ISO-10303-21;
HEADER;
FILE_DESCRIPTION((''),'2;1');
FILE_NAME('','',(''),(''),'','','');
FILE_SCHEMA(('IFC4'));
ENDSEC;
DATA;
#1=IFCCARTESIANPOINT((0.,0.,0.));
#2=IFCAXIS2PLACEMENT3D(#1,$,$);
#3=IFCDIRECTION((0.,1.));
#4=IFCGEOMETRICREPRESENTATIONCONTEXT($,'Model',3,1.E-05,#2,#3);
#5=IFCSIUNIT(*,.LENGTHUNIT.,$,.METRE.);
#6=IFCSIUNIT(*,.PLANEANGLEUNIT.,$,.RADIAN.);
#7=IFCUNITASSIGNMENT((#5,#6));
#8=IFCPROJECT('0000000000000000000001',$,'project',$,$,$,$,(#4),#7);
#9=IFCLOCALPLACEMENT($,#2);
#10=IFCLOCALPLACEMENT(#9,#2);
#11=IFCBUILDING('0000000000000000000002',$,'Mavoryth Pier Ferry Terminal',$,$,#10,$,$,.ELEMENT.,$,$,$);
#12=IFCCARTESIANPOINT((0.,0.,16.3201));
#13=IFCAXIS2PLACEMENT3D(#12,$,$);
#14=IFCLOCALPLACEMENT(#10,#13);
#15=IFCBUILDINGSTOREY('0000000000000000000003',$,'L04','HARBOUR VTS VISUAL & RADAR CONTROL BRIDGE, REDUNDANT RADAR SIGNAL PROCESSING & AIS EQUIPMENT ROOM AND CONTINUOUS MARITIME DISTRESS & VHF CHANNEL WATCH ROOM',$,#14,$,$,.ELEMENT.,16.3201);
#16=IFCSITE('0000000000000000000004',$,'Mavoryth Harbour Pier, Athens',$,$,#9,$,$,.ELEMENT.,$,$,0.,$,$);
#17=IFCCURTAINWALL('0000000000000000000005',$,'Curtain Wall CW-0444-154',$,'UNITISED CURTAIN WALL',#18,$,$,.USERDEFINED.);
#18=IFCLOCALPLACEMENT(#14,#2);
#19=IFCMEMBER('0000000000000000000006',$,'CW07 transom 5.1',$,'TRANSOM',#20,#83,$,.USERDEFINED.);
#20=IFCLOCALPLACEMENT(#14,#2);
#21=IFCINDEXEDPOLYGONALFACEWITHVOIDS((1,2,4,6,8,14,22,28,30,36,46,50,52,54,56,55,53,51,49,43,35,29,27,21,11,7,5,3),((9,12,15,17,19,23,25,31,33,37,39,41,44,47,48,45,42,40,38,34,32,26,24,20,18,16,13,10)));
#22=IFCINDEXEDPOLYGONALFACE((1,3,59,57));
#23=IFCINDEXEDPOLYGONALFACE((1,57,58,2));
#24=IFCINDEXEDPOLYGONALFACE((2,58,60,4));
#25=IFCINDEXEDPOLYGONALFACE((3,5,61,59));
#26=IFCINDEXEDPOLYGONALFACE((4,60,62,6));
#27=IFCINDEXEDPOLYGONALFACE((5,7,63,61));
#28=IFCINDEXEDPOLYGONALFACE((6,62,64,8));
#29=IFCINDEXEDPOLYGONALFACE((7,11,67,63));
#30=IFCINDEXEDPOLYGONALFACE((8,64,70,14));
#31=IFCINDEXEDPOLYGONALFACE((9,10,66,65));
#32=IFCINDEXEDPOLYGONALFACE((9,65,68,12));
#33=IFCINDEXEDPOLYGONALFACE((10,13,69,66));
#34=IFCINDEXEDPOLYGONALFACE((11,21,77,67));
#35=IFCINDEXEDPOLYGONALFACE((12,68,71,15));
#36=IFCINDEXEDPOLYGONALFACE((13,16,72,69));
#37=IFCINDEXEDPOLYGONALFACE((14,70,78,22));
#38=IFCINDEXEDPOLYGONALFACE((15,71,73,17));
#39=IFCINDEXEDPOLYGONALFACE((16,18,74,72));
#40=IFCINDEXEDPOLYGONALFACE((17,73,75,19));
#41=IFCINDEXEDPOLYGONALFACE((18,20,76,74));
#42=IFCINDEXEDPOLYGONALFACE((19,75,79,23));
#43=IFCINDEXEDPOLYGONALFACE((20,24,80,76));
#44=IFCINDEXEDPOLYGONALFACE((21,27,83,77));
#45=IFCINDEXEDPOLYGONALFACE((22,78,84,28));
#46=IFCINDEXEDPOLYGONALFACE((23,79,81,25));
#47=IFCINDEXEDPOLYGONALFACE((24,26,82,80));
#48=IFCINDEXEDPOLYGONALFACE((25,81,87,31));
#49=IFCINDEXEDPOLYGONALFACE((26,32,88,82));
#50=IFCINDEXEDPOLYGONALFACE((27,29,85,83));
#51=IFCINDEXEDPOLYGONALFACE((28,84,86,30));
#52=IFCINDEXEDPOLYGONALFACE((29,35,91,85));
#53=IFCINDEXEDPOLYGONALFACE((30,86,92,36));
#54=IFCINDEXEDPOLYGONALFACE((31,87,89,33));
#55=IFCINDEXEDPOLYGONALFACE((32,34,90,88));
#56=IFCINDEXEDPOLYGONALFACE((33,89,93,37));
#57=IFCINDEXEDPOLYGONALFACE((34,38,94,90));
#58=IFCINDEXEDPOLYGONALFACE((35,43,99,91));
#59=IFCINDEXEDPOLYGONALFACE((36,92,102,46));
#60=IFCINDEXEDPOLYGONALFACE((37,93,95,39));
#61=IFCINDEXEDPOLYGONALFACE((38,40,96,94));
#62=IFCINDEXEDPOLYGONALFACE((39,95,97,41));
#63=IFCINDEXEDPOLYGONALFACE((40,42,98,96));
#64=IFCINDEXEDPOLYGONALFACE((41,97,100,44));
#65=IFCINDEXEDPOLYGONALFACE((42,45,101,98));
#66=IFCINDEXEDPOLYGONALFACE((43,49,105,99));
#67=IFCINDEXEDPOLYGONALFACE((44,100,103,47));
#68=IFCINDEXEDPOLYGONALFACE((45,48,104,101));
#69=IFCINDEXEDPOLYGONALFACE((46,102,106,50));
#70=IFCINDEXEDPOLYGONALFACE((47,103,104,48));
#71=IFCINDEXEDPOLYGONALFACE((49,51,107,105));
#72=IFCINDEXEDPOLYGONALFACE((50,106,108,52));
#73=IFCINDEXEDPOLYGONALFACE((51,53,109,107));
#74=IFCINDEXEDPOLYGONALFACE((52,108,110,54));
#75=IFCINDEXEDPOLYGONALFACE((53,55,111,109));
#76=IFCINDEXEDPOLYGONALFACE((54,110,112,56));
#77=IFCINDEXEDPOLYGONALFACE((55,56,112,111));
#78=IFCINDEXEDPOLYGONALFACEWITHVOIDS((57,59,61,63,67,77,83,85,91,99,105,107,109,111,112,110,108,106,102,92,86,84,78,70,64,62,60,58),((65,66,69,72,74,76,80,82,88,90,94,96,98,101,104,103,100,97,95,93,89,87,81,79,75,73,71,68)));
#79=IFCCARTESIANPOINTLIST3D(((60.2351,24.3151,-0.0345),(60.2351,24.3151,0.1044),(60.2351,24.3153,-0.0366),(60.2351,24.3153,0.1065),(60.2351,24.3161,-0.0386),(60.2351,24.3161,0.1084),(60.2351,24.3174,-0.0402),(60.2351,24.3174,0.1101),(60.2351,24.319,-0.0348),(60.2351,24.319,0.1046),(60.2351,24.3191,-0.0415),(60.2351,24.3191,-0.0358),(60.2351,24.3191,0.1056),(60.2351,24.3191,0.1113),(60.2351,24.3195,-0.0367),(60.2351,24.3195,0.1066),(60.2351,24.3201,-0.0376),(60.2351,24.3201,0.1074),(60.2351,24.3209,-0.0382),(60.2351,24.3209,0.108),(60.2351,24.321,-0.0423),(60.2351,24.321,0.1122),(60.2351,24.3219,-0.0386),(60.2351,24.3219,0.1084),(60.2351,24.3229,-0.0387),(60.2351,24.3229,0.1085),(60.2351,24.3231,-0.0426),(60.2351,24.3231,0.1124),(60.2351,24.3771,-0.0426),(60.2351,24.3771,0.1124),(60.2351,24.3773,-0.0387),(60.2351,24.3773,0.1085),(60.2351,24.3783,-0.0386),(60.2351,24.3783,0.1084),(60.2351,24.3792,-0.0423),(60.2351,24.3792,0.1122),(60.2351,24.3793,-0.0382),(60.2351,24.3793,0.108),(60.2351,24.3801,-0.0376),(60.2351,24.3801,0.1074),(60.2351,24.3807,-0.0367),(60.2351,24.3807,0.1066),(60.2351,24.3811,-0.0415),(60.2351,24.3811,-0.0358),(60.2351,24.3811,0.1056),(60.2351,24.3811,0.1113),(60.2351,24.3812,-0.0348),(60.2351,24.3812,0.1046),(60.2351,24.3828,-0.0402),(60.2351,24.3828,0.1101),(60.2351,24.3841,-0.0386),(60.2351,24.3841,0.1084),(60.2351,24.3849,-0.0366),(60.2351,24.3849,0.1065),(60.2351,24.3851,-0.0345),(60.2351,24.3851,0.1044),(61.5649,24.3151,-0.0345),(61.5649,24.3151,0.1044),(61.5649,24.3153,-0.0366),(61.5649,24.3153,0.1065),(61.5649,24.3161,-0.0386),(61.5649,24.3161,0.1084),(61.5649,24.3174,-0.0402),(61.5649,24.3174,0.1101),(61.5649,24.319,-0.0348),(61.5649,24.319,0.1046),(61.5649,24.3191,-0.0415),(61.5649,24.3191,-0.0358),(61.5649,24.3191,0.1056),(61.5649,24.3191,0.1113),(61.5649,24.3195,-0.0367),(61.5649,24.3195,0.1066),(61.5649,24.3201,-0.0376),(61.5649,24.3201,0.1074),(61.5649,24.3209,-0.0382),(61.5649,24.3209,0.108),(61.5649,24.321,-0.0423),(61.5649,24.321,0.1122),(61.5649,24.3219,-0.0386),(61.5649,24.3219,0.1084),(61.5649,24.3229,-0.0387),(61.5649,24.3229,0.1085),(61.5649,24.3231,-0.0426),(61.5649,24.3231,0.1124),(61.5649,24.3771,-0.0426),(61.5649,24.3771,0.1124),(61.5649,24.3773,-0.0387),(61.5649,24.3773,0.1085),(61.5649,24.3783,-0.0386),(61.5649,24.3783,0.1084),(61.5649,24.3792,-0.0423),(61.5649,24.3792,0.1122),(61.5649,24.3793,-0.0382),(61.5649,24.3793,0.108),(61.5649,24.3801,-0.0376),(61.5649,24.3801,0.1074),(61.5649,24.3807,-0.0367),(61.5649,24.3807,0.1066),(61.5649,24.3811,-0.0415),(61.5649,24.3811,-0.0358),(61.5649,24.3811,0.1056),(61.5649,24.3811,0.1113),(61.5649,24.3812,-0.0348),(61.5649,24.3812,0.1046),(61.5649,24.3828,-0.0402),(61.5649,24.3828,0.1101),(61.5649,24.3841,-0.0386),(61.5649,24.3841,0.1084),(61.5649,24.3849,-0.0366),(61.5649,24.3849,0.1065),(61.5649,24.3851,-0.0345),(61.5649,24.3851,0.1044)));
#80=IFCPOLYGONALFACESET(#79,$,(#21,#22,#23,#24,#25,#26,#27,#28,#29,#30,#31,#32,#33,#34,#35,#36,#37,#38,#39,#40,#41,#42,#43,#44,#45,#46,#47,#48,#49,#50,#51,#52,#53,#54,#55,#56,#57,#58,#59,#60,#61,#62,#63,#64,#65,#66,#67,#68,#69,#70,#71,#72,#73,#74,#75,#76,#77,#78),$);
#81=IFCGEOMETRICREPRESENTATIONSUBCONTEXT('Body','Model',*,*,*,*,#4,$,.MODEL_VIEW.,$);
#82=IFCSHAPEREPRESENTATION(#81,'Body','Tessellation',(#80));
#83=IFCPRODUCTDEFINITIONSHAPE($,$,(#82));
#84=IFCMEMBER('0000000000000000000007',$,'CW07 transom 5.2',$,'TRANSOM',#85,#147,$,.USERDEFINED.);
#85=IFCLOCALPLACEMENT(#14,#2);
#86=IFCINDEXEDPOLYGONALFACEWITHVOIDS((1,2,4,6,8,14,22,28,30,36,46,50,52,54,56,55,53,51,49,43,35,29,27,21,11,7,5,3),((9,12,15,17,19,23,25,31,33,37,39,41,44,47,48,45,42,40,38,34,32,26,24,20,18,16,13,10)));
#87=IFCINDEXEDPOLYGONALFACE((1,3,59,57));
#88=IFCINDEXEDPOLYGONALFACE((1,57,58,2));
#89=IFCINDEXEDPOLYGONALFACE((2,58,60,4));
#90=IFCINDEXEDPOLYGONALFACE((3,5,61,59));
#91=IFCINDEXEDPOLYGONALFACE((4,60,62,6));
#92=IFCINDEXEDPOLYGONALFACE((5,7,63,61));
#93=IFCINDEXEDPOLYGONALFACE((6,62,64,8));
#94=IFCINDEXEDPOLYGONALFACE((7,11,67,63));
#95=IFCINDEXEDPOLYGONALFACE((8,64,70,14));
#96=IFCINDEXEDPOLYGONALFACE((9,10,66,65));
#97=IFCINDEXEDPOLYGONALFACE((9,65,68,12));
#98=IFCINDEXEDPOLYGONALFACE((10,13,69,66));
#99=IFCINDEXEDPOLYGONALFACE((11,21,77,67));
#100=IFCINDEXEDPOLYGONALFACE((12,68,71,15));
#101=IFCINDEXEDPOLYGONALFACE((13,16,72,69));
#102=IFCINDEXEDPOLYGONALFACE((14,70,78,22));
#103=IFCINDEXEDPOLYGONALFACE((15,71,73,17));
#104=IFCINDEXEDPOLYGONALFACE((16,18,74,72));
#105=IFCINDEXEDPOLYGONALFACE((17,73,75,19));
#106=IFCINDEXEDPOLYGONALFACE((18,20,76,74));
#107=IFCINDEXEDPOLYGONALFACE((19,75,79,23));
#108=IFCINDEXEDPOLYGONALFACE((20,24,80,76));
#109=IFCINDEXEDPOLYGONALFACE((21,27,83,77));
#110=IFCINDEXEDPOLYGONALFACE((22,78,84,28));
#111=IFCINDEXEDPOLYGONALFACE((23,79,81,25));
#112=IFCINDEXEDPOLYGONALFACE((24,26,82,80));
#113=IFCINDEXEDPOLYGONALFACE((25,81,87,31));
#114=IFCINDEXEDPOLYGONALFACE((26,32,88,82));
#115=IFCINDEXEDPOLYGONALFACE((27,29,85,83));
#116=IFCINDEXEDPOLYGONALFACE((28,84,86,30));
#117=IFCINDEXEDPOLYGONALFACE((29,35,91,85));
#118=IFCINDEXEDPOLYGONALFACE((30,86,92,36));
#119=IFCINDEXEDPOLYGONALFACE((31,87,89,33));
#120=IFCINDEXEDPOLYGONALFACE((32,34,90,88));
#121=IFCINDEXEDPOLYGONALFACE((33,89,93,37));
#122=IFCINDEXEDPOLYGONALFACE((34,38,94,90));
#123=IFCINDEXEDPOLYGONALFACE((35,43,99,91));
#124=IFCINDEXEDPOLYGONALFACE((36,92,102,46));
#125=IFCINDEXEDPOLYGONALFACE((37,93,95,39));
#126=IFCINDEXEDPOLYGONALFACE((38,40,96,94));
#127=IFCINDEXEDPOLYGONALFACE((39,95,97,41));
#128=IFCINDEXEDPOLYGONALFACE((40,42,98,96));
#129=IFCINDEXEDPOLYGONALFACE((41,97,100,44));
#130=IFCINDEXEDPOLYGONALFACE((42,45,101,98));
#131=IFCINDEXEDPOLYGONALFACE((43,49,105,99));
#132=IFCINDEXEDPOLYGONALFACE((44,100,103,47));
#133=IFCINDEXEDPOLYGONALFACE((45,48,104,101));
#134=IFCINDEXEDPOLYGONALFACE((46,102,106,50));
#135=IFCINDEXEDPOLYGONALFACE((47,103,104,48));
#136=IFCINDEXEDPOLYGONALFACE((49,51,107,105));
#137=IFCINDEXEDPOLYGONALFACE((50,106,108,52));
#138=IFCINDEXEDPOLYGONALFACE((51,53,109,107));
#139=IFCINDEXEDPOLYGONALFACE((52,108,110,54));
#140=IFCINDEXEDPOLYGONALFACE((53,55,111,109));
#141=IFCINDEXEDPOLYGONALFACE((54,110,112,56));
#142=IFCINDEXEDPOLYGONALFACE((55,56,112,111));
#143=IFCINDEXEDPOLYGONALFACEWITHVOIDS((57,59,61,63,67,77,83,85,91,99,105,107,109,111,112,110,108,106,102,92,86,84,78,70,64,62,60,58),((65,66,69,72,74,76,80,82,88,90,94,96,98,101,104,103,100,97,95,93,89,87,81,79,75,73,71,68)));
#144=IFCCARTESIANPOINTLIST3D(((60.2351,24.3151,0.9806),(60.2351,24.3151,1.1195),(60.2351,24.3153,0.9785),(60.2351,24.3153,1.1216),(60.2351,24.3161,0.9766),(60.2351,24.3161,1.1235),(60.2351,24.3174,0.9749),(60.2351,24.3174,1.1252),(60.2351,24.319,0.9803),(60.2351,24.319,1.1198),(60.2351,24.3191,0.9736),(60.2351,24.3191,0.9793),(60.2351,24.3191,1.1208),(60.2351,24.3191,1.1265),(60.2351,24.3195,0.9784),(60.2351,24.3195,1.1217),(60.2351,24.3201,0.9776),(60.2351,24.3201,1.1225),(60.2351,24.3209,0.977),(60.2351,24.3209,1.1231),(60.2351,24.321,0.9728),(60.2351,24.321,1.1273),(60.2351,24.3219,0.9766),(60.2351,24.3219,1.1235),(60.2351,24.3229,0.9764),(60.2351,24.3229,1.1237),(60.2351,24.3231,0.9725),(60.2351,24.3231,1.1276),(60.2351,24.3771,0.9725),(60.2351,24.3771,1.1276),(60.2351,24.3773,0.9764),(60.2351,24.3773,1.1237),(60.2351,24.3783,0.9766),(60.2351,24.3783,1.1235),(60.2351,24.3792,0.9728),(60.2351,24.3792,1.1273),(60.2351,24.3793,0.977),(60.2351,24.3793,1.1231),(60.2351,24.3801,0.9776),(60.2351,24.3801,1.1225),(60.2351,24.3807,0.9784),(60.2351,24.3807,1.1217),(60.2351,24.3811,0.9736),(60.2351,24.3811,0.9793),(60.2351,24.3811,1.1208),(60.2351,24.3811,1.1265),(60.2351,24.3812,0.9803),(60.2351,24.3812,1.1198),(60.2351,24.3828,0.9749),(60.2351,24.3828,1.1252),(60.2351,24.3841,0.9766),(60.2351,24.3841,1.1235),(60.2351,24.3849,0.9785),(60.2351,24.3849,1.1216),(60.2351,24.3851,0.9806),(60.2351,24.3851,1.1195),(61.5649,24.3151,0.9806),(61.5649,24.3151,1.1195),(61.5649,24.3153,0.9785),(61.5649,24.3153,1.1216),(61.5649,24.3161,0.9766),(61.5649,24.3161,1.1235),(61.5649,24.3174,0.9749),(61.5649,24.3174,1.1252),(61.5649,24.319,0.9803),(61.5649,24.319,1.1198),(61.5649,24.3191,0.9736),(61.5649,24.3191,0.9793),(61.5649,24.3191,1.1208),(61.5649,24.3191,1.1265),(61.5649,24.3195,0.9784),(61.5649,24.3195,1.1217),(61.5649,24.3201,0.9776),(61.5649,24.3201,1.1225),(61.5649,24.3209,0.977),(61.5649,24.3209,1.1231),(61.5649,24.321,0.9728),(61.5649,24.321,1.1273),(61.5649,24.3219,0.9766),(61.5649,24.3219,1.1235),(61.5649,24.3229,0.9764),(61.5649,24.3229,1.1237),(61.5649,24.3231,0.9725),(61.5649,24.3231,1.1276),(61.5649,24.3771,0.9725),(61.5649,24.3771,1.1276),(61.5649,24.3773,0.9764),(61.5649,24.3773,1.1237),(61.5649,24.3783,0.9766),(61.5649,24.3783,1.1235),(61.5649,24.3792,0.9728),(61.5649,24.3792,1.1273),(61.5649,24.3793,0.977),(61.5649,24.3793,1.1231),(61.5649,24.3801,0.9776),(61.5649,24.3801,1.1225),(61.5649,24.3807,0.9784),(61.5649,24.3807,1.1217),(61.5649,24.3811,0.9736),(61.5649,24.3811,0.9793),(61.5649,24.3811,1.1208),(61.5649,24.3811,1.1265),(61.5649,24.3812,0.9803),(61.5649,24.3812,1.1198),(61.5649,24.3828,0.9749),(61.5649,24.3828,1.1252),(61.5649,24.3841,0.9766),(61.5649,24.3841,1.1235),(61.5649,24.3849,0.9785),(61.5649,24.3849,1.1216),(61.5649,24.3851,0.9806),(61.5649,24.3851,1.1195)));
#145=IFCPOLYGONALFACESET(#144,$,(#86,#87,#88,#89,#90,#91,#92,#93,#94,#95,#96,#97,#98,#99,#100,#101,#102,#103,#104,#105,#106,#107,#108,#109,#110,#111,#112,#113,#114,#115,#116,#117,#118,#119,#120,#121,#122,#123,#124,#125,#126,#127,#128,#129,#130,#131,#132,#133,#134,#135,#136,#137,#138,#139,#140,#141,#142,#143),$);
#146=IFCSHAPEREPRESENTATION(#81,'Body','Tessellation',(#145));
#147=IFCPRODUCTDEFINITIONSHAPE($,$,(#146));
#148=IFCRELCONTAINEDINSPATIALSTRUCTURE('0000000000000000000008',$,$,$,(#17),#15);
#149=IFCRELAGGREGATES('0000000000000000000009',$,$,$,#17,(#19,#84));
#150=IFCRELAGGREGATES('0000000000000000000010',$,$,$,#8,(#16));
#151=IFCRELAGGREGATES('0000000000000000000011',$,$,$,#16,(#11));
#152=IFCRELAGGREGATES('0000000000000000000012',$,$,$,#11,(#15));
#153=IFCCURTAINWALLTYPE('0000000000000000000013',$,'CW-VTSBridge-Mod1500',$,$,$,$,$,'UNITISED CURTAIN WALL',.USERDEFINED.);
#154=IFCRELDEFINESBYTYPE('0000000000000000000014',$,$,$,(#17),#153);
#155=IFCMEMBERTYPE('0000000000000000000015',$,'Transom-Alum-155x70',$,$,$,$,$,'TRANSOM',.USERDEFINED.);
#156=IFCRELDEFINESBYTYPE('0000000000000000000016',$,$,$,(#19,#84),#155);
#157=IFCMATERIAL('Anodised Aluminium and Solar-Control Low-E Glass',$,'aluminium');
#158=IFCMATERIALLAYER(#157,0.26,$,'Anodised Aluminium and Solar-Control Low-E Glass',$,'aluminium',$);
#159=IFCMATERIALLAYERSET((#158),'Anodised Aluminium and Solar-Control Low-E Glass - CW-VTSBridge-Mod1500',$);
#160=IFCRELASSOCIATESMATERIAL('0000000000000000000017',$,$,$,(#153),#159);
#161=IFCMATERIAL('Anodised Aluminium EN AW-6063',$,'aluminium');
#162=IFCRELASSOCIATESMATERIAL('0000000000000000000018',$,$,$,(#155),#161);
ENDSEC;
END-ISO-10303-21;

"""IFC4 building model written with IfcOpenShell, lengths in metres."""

from ifc_helpers import new_model, si_unit, direction, frame, origin, origin_2d, place, context, subcontext, project, spatial, hollow_rectangle, extrude, material, layer, layer_set, material_profile, profile_set, type_object, element, aggregate, save


model = new_model("IFC4")

# Units and contexts
model_context = context("Model", 3, precision=1e-05, world=origin(), true_north=direction((0.0, 1.0)))
body_context = subcontext(model_context, "Body", "Model", "MODEL_VIEW")
ifc_project = project(units=[si_unit("LENGTHUNIT", "METRE"), si_unit("PLANEANGLEUNIT", "RADIAN")], contexts=[model_context])

# Site, building, storey
site_placement = place(None, origin())
site = spatial("IfcSite", under=ifc_project, at=site_placement, Name="Mavoryth Harbour Pier, Athens", CompositionType="ELEMENT", RefElevation=0.0)
building_placement = place(site_placement, origin())
building = spatial("IfcBuilding", under=site, at=building_placement, Name="Mavoryth Pier Ferry Terminal", CompositionType="ELEMENT")
storey_placement = place(building_placement, frame((0.0, 0.0, 16.3201)))
storey = spatial("IfcBuildingStorey", under=building, at=storey_placement, Name="L04", Description="HARBOUR VTS VISUAL & RADAR CONTROL BRIDGE, REDUNDANT RADAR SIGNAL PROCESSING & AIS EQUIPMENT ROOM AND CONTINUOUS MARITIME DISTRESS & VHF CHANNEL WATCH ROOM", CompositionType="ELEMENT", Elevation=16.3201)

# Curtain wall, members
ifc_material_1 = material(Name="Anodised Aluminium and Solar-Control Low-E Glass", Category="aluminium")
ifc_layer_1 = layer(ifc_material_1, 0.26, Name="Anodised Aluminium and Solar-Control Low-E Glass", Category="aluminium")
ifc_layer_set_1 = layer_set([ifc_layer_1], Name="Anodised Aluminium and Solar-Control Low-E Glass - CW-VTSBridge-Mod1500")
curtain_wall_type = type_object("IfcCurtainWallType", Name="CW-VTSBridge-Mod1500", ElementType="UNITISED CURTAIN WALL", PredefinedType="USERDEFINED", material=ifc_layer_set_1)
curtain_wall_placement = place(storey_placement, origin())
curtain_wall = element("IfcCurtainWall", 1, at=curtain_wall_placement, inside=storey, type_object=curtain_wall_type, Name="Curtain Wall CW-0444-154", ObjectType="UNITISED CURTAIN WALL", PredefinedType="USERDEFINED")
ifc_material_2 = material(Name="Anodised Aluminium EN AW-6063", Category="aluminium")
ifc_material_profile_1 = material_profile(ifc_material_2, hollow_rectangle(XDim=0.0701, YDim=0.155, WallThickness=0.0039, InnerFilletRadius=0.0039, OuterFilletRadius=0.0081, at=origin_2d()), Name="AL-TRAN 155x70x4", Category="aluminium")
ifc_profile_set_1 = profile_set([ifc_material_profile_1], Name="Anodised Aluminium EN AW-6063 - AL-TRAN 155x70x4")
member_type_1 = type_object("IfcMemberType", Name="Transom-Alum-155x70", ElementType="TRANSOM", PredefinedType="USERDEFINED", material=ifc_profile_set_1)
member_1_placement = place(storey_placement, frame((61.5649, 24.3501, 0.0349), z_axis=(-1.0, 0.0, 0.0), x_axis=(0.0, -1.0, 0.0)))
member_1 = element("IfcMember", 2, at=member_1_placement, type_object=member_type_1, Name="CW07 transom 5.1", ObjectType="TRANSOM", PredefinedType="USERDEFINED", context=body_context, shape_type="SweptSolid", body=[
    extrude(hollow_rectangle(XDim=0.0701, YDim=0.155, WallThickness=0.0039, InnerFilletRadius=0.0039, OuterFilletRadius=0.0081, at=origin_2d()), origin(), (0.0, 0.0, 1.0), 1.3298),
])
member_2_placement = place(storey_placement, frame((61.5649, 24.3501, 1.05), z_axis=(-1.0, 0.0, 0.0), x_axis=(0.0, -1.0, 0.0)))
member_2 = element("IfcMember", 3, at=member_2_placement, type_object=member_type_1, Name="CW07 transom 5.2", ObjectType="TRANSOM", PredefinedType="USERDEFINED", context=body_context, shape_type="SweptSolid", body=[
    extrude(hollow_rectangle(XDim=0.0701, YDim=0.155, WallThickness=0.0039, InnerFilletRadius=0.0039, OuterFilletRadius=0.0081, at=origin_2d()), origin(), (0.0, 0.0, 1.0), 1.3298),
])
aggregate(curtain_wall, [member_1, member_2])

save(model, "model.ifc")
